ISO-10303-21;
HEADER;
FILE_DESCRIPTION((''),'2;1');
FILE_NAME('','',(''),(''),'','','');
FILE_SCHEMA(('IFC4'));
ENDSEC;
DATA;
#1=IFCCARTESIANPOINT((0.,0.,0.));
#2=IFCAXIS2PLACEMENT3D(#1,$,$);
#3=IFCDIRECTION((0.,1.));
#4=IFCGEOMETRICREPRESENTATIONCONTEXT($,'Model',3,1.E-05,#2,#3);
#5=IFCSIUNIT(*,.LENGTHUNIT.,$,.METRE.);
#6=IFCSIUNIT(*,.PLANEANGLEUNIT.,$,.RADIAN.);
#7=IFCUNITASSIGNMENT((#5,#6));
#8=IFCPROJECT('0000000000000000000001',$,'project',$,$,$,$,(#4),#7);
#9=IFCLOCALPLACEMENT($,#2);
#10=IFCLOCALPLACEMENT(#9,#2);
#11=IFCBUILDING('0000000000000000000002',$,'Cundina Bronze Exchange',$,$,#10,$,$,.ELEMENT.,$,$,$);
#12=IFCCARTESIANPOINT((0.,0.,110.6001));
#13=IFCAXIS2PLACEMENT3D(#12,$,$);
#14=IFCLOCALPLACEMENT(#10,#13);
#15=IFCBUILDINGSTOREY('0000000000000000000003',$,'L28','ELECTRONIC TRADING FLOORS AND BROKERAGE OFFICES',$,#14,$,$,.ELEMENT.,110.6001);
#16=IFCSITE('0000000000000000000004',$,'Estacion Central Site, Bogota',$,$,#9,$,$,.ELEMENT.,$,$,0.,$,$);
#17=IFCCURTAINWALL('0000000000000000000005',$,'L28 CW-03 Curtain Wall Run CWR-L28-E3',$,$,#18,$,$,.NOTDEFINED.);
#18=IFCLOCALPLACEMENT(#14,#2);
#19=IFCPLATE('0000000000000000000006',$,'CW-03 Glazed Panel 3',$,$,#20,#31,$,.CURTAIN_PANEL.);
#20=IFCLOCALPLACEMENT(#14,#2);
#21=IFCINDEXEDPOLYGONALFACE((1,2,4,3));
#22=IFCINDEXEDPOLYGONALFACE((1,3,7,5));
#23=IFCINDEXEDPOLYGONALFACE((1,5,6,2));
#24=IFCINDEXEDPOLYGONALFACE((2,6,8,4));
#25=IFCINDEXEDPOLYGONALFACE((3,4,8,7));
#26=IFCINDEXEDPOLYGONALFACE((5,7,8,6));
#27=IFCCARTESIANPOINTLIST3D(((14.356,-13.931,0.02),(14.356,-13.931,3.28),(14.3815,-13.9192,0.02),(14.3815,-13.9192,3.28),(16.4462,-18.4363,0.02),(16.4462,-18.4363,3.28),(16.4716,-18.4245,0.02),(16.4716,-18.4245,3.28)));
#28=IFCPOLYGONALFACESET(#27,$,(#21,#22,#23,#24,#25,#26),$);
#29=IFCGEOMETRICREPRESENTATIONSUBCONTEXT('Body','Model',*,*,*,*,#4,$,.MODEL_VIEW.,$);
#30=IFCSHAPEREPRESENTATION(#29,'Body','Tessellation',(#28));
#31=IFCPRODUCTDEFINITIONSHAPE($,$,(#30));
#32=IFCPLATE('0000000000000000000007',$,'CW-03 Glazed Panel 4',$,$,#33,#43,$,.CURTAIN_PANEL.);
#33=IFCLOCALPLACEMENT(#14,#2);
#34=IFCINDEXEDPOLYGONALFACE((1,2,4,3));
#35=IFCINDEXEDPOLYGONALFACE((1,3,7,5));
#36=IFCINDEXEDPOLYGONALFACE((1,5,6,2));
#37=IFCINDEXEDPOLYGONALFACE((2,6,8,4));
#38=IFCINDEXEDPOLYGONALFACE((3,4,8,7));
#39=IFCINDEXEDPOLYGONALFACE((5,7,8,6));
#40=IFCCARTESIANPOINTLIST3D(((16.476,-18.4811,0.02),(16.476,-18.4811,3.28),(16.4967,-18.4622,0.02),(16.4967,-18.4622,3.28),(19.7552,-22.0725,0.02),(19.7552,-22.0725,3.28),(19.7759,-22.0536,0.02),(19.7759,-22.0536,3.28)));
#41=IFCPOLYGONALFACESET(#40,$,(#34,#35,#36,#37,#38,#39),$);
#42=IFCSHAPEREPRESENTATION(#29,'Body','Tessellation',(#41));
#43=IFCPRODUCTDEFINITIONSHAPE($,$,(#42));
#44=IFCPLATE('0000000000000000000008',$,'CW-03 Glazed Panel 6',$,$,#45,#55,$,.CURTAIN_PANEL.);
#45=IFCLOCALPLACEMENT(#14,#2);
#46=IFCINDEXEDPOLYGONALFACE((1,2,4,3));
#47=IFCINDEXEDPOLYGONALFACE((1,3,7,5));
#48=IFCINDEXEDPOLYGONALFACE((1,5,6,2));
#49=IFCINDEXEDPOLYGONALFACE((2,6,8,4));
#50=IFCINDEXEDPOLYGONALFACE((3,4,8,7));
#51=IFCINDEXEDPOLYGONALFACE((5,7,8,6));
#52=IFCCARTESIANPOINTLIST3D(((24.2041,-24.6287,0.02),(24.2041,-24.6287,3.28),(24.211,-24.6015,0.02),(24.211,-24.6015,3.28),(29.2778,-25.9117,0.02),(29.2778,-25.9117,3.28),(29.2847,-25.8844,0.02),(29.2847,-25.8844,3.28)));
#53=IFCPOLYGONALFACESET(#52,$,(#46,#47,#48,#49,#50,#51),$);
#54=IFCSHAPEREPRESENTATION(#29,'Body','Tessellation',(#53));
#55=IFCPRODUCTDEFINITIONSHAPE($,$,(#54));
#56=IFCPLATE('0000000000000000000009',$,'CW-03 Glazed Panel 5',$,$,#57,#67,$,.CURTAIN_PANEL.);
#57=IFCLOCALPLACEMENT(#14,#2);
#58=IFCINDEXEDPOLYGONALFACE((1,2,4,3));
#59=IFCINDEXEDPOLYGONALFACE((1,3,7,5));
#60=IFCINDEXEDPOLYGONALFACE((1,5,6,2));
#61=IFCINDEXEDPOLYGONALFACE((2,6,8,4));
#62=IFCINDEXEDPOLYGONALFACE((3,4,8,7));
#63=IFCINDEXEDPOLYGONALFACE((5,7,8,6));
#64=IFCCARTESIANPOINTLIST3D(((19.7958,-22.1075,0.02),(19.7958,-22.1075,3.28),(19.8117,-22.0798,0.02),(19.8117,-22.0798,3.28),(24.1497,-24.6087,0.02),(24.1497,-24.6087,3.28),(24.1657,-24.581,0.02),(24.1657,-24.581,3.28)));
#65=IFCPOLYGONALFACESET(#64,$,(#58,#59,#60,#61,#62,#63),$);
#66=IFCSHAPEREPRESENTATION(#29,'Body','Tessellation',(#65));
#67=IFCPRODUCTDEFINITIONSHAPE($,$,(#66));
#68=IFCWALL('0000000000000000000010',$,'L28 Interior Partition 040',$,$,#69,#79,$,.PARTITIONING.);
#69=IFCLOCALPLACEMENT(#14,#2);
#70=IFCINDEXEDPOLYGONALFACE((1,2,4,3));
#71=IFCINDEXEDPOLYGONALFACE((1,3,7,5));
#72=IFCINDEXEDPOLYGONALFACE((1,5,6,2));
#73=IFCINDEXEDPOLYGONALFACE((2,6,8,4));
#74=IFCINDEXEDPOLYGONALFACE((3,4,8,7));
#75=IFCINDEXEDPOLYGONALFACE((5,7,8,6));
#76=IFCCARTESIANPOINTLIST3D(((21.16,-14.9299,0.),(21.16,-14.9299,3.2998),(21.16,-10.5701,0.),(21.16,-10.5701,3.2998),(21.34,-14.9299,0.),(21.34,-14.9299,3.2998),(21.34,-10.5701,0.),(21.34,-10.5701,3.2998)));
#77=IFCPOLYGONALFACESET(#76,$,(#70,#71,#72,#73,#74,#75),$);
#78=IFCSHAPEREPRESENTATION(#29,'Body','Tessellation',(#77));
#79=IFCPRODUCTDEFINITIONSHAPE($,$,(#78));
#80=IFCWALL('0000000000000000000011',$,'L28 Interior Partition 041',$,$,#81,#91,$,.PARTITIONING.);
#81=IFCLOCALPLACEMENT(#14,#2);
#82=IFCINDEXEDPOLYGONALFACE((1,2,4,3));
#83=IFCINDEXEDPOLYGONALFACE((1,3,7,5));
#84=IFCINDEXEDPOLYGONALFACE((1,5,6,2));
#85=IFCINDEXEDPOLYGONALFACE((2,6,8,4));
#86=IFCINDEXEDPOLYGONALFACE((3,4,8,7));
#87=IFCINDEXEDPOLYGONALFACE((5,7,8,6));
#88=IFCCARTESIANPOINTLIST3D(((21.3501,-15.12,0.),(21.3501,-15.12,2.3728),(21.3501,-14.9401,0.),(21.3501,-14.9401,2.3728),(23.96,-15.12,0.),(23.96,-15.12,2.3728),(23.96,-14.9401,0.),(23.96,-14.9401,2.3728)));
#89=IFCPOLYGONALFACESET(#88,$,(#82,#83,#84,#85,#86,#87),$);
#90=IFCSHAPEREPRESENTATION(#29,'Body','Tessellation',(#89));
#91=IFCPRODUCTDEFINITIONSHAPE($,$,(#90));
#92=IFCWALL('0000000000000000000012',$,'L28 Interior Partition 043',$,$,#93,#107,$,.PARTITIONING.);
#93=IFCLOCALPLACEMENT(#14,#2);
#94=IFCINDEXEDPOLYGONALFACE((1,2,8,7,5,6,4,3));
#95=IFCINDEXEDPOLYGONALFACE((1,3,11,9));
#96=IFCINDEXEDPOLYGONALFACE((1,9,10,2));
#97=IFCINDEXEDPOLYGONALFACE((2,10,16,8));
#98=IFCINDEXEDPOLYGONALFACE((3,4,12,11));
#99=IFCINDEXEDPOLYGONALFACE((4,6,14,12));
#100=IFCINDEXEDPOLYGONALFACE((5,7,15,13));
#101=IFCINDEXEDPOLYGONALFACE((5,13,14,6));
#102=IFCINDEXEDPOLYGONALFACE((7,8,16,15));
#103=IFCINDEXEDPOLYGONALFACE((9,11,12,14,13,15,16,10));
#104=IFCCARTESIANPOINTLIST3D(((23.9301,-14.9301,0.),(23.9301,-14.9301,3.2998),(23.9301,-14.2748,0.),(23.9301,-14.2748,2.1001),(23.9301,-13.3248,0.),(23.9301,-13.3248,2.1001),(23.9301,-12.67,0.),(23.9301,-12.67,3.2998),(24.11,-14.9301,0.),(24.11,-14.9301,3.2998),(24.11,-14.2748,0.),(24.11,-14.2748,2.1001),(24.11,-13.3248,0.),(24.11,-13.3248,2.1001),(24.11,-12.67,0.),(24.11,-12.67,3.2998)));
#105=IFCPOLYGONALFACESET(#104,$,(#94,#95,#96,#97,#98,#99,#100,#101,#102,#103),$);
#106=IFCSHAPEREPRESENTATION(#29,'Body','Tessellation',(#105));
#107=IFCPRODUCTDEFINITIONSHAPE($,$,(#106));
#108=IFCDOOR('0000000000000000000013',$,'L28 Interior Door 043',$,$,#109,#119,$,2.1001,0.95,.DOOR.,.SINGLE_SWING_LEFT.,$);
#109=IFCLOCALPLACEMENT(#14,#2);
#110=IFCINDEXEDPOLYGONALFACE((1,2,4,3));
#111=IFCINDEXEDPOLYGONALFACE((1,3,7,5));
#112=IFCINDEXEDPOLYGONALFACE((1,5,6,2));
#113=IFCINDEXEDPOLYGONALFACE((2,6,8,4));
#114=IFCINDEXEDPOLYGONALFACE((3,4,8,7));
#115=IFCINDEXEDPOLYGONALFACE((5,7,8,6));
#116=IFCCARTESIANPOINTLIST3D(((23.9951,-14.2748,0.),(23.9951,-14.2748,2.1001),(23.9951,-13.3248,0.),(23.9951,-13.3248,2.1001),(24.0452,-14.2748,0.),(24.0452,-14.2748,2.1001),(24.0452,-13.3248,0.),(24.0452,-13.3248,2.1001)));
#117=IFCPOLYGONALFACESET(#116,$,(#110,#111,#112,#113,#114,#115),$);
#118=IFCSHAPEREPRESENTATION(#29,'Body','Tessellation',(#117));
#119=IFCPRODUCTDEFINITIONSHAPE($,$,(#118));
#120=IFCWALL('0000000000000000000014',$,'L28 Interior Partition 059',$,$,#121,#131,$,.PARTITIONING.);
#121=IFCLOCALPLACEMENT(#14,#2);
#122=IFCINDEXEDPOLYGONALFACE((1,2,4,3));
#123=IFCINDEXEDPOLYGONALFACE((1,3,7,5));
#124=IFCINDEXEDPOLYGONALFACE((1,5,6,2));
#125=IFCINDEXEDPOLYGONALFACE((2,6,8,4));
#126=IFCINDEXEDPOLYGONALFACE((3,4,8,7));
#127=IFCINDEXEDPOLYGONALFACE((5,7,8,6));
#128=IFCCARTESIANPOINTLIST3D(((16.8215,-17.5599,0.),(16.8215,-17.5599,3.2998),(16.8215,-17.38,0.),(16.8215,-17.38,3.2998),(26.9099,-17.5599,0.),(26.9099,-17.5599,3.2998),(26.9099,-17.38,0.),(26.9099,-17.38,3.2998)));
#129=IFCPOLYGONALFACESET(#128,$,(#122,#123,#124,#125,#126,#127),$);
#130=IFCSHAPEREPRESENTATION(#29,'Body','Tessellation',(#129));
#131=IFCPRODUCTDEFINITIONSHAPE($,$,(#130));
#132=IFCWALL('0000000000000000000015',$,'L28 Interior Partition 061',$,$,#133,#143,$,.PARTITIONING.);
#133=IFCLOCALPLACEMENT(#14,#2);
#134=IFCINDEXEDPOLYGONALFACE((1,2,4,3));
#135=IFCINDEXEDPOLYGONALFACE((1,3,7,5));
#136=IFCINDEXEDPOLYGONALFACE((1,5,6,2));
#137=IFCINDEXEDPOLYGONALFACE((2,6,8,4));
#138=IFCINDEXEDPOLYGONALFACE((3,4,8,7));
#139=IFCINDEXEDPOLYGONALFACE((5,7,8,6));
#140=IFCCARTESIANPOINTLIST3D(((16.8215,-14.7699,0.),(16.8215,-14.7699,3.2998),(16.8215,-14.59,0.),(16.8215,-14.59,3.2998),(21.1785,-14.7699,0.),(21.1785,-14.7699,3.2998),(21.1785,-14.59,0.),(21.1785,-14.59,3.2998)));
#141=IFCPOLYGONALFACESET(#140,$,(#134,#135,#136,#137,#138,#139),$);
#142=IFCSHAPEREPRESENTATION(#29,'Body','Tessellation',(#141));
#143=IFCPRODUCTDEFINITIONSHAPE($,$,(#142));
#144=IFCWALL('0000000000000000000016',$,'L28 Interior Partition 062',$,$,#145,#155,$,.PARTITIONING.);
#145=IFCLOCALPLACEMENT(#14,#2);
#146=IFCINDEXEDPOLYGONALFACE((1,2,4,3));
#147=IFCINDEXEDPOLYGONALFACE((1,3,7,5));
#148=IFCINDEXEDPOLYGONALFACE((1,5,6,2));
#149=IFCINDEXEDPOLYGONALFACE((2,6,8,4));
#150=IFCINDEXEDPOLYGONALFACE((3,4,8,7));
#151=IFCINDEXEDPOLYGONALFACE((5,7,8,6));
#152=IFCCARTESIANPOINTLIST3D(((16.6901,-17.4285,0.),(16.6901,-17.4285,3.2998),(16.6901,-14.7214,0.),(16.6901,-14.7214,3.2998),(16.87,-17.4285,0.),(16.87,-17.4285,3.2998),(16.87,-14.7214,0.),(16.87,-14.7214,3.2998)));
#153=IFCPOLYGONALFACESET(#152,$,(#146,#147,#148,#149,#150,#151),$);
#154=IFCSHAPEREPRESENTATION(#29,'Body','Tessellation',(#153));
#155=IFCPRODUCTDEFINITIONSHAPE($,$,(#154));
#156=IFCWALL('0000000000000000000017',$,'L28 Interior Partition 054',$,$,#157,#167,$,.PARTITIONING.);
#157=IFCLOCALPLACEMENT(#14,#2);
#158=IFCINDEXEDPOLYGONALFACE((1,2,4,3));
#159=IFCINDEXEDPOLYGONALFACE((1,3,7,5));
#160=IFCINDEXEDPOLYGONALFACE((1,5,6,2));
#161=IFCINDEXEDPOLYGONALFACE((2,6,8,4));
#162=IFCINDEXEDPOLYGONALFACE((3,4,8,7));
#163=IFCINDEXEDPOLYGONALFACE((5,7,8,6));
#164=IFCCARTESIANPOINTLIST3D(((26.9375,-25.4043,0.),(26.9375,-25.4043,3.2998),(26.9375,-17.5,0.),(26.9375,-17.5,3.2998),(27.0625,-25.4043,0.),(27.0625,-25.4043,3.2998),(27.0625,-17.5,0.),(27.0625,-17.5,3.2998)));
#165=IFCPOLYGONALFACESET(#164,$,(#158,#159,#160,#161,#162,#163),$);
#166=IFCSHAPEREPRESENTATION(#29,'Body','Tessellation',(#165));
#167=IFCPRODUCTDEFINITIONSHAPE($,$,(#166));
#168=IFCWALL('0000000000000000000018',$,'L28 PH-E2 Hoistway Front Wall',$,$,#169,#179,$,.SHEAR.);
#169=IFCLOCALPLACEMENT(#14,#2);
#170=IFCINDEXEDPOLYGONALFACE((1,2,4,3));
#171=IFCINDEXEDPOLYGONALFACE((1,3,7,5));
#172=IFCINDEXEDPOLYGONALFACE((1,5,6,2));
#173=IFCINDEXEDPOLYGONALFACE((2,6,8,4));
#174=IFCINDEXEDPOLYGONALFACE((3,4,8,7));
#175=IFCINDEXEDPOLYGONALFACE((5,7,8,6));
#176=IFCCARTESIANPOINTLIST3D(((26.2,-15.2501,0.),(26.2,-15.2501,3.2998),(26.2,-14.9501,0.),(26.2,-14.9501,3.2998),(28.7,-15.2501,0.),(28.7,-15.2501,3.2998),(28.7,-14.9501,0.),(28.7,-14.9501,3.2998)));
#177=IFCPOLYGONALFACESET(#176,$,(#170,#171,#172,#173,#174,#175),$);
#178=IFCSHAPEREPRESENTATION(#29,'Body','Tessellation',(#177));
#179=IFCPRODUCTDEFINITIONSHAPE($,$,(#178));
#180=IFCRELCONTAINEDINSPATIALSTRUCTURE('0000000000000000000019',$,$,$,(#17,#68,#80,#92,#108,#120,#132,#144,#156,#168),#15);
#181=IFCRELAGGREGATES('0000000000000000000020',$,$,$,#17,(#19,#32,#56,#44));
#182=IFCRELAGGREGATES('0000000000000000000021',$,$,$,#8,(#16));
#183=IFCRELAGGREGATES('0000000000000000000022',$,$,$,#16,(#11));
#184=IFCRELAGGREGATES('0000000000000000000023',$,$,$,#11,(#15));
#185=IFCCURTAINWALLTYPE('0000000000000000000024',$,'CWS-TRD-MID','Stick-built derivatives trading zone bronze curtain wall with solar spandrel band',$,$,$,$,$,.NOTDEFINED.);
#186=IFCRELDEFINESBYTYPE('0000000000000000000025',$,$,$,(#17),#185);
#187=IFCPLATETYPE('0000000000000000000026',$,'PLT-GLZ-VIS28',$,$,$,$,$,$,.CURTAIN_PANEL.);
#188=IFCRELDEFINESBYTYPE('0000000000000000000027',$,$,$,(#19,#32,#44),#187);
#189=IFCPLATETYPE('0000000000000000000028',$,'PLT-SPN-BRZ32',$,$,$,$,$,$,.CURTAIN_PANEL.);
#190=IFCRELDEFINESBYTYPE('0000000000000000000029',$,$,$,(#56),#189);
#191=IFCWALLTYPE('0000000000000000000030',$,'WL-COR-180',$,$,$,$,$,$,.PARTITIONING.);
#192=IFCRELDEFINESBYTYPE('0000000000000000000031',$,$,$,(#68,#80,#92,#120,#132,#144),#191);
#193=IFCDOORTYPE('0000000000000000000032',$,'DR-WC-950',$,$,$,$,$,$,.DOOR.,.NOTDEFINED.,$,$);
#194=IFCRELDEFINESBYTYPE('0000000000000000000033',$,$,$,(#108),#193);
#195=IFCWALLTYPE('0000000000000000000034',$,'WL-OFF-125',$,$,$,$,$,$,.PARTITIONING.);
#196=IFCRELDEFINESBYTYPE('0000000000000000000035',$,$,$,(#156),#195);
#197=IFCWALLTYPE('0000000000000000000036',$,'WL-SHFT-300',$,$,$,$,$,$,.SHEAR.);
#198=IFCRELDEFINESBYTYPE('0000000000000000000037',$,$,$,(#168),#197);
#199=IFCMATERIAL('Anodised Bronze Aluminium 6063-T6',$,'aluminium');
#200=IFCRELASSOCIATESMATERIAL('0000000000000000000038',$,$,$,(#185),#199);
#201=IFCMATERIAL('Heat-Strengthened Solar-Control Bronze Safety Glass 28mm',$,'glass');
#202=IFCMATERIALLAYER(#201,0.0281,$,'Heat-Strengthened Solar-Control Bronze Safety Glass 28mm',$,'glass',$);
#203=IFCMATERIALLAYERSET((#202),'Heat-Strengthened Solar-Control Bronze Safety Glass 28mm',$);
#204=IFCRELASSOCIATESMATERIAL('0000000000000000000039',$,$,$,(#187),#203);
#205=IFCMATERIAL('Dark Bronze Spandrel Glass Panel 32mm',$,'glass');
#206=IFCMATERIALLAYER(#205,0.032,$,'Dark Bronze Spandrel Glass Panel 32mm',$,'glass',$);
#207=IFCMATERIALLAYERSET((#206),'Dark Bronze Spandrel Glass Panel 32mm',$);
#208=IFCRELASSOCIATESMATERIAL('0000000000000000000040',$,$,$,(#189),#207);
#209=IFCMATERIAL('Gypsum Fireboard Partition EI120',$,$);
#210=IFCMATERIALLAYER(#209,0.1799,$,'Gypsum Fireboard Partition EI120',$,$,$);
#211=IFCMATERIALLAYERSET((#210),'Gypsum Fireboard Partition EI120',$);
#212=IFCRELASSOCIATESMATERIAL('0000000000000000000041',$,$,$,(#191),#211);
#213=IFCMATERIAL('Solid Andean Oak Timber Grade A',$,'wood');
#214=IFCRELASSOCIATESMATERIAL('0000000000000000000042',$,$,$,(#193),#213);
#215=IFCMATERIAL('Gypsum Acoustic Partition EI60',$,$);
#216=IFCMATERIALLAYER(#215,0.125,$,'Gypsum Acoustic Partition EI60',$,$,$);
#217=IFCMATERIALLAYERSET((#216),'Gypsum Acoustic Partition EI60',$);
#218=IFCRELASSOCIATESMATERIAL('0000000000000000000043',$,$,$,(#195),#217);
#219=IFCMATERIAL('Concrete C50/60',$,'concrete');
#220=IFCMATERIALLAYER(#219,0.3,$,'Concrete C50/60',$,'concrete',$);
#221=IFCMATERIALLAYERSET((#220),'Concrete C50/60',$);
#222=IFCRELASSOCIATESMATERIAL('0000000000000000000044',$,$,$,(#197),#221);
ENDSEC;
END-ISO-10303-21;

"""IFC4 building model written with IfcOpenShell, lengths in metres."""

from ifc_helpers import new_model, si_unit, direction, frame, frame_2d, origin, origin_2d, place, context, subcontext, project, spatial, rectangle, extrude, material, layer, layer_set, type_object, element, fill, aggregate, save


model = new_model("IFC4")

# Units and contexts
model_context = context("Model", 3, precision=1e-05, world=origin(), true_north=direction((0.0, 1.0)))
body_context = subcontext(model_context, "Body", "Model", "MODEL_VIEW")
ifc_project = project(units=[si_unit("LENGTHUNIT", "METRE"), si_unit("PLANEANGLEUNIT", "RADIAN")], contexts=[model_context])

# Site, building, storey
site_placement = place(None, origin())
site = spatial("IfcSite", under=ifc_project, at=site_placement, Name="Estacion Central Site, Bogota", CompositionType="ELEMENT", RefElevation=0.0)
building_placement = place(site_placement, origin())
building = spatial("IfcBuilding", under=site, at=building_placement, Name="Cundina Bronze Exchange", CompositionType="ELEMENT")
storey_placement = place(building_placement, frame((0.0, 0.0, 110.6001)))
storey = spatial("IfcBuildingStorey", under=building, at=storey_placement, Name="L28", Description="ELECTRONIC TRADING FLOORS AND BROKERAGE OFFICES", CompositionType="ELEMENT", Elevation=110.6001)

# Curtain wall, plates
ifc_material_1 = material(Name="Anodised Bronze Aluminium 6063-T6", Category="aluminium")
curtain_wall_type = type_object("IfcCurtainWallType", Name="CWS-TRD-MID", Description="Stick-built derivatives trading zone bronze curtain wall with solar spandrel band", PredefinedType="NOTDEFINED", material=ifc_material_1)
curtain_wall_placement = place(storey_placement, origin())
curtain_wall = element("IfcCurtainWall", 1, at=curtain_wall_placement, inside=storey, type_object=curtain_wall_type, Name="L28 CW-03 Curtain Wall Run CWR-L28-E3", PredefinedType="NOTDEFINED")
ifc_material_2 = material(Name="Heat-Strengthened Solar-Control Bronze Safety Glass 28mm", Category="glass")
ifc_layer_1 = layer(ifc_material_2, 0.0281, Name="Heat-Strengthened Solar-Control Bronze Safety Glass 28mm", Category="glass")
ifc_layer_set_1 = layer_set([ifc_layer_1], Name="Heat-Strengthened Solar-Control Bronze Safety Glass 28mm")
plate_type_1 = type_object("IfcPlateType", Name="PLT-GLZ-VIS28", PredefinedType="CURTAIN_PANEL", material=ifc_layer_set_1)
plate_1_placement = place(storey_placement, frame((15.4138, -16.1777, 0.02), z_axis=(0.0, 0.0, 1.0), x_axis=(0.420846, -0.907132, 0.0)))
plate_1 = element("IfcPlate", 2, at=plate_1_placement, type_object=plate_type_1, Name="CW-03 Glazed Panel 3", PredefinedType="CURTAIN_PANEL", context=body_context, shape_type="SweptSolid", body=[
    extrude(rectangle(XDim=4.9666, YDim=0.0281, at=origin_2d()), origin(), (0.0, 0.0, 1.0), 3.26),
])
plate_2_placement = place(storey_placement, frame((18.126, -20.2673, 0.02), z_axis=(0.0, 0.0, 1.0), x_axis=(0.674277, -0.738479, 0.0)))
plate_2 = element("IfcPlate", 3, at=plate_2_placement, type_object=plate_type_1, Name="CW-03 Glazed Panel 4", PredefinedType="CURTAIN_PANEL", context=body_context, shape_type="SweptSolid", body=[
    extrude(rectangle(XDim=4.8633, YDim=0.0281, at=origin_2d()), origin(), (0.0, 0.0, 1.0), 3.26),
])
plate_3_placement = place(storey_placement, frame((26.7444, -25.2566, 0.02), z_axis=(0.0, 0.0, 1.0), x_axis=(0.969488, -0.245138, 0.0)))
plate_3 = element("IfcPlate", 4, at=plate_3_placement, type_object=plate_type_1, Name="CW-03 Glazed Panel 6", PredefinedType="CURTAIN_PANEL", context=body_context, shape_type="SweptSolid", body=[
    extrude(rectangle(XDim=5.2334, YDim=0.0281, at=origin_2d()), origin(), (0.0, 0.0, 1.0), 3.26),
])
ifc_material_3 = material(Name="Dark Bronze Spandrel Glass Panel 32mm", Category="glass")
ifc_layer_2 = layer(ifc_material_3, 0.032, Name="Dark Bronze Spandrel Glass Panel 32mm", Category="glass")
ifc_layer_set_2 = layer_set([ifc_layer_2], Name="Dark Bronze Spandrel Glass Panel 32mm")
plate_type_2 = type_object("IfcPlateType", Name="PLT-SPN-BRZ32", PredefinedType="CURTAIN_PANEL", material=ifc_layer_set_2)
plate_4_placement = place(storey_placement, frame((21.9807, -23.3442, 0.02), z_axis=(0.0, 0.0, 1.0), x_axis=(0.867105, -0.498125, 0.0)))
plate_4 = element("IfcPlate", 5, at=plate_4_placement, type_object=plate_type_2, Name="CW-03 Glazed Panel 5", PredefinedType="CURTAIN_PANEL", context=body_context, shape_type="SweptSolid", body=[
    extrude(rectangle(XDim=5.0212, YDim=0.032, at=origin_2d()), origin(), (0.0, 0.0, 1.0), 3.26),
])
aggregate(curtain_wall, [plate_1, plate_2, plate_4, plate_3])

# Walls
ifc_material_4 = material(Name="Gypsum Fireboard Partition EI120")
ifc_layer_3 = layer(ifc_material_4, 0.1799, Name="Gypsum Fireboard Partition EI120")
ifc_layer_set_3 = layer_set([ifc_layer_3], Name="Gypsum Fireboard Partition EI120")
wall_type_1 = type_object("IfcWallType", Name="WL-COR-180", PredefinedType="PARTITIONING", material=ifc_layer_set_3)
wall_1_placement = place(storey_placement, frame((21.25, -14.9299, 0.0), z_axis=(0.0, 0.0, 1.0), x_axis=(0.0, 1.0, 0.0)))
element("IfcWall", 6, at=wall_1_placement, inside=storey, type_object=wall_type_1, Name="L28 Interior Partition 040", PredefinedType="PARTITIONING", context=body_context, shape_type="SweptSolid", body=[
    extrude(rectangle(XDim=4.3599, YDim=0.1799, at=frame_2d((2.1799, 0.0))), origin(), (0.0, 0.0, 1.0), 3.2998),
])
wall_2_placement = place(storey_placement, frame((21.3501, -15.03, 0.0), z_axis=(0.0, 0.0, 1.0), x_axis=(1.0, 0.0, 0.0)))
element("IfcWall", 7, at=wall_2_placement, inside=storey, type_object=wall_type_1, Name="L28 Interior Partition 041", PredefinedType="PARTITIONING", context=body_context, shape_type="SweptSolid", body=[
    extrude(rectangle(XDim=2.6099, YDim=0.1799, at=frame_2d((1.3049, 0.0))), origin(), (0.0, 0.0, 1.0), 2.3728),
])

# Wall, opening, door
wall_3_placement = place(storey_placement, frame((24.02, -14.9299, 0.0), z_axis=(0.0, 0.0, 1.0), x_axis=(0.0, 1.0, 0.0)))
wall_3 = element("IfcWall", 8, at=wall_3_placement, inside=storey, type_object=wall_type_1, Name="L28 Interior Partition 043", PredefinedType="PARTITIONING", context=body_context, shape_type="SweptSolid", body=[
    extrude(rectangle(XDim=2.26, YDim=0.1799, at=frame_2d((1.1299, 0.0))), origin(), (0.0, 0.0, 1.0), 3.2998),
])
opening_placement = place(wall_3_placement, frame((0.655, 0.0, 0.0)))
opening = element("IfcOpeningElement", 9, at=opening_placement, cuts=wall_3, PredefinedType="OPENING", context=body_context, shape_type="SweptSolid", body=[
    extrude(rectangle(XDim=0.95, YDim=2.1001, at=frame_2d((0.4751, 1.05))), frame((0.0, 0.0999, 0.0), z_axis=(0.0, -1.0, 0.0), x_axis=(1.0, 0.0, 0.0)), (0.0, 0.0, 1.0), 0.2),
])
ifc_material_5 = material(Name="Solid Andean Oak Timber Grade A", Category="wood")
door_type = type_object("IfcDoorType", Name="DR-WC-950", OperationType="NOTDEFINED", PredefinedType="DOOR", material=ifc_material_5)
door_placement = place(opening_placement, origin())
door = element("IfcDoor", 10, at=door_placement, inside=storey, type_object=door_type, Name="L28 Interior Door 043", OperationType="SINGLE_SWING_LEFT", OverallHeight=2.1001, OverallWidth=0.95, PredefinedType="DOOR", context=body_context, shape_type="SweptSolid", body=[
    extrude(rectangle(XDim=0.95, YDim=2.1001, at=frame_2d((0.4751, 1.05))), frame((0.0, 0.0249, 0.0), z_axis=(0.0, -1.0, 0.0), x_axis=(1.0, 0.0, 0.0)), (0.0, 0.0, 1.0), 0.05),
])
fill(opening, door)

# Walls
wall_4_placement = place(storey_placement, frame((16.8215, -17.47, 0.0), z_axis=(0.0, 0.0, 1.0), x_axis=(1.0, 0.0, 0.0)))
element("IfcWall", 11, at=wall_4_placement, inside=storey, type_object=wall_type_1, Name="L28 Interior Partition 059", PredefinedType="PARTITIONING", context=body_context, shape_type="SweptSolid", body=[
    extrude(rectangle(XDim=10.0884, YDim=0.1799, at=frame_2d((5.0442, 0.0))), origin(), (0.0, 0.0, 1.0), 3.2998),
])
wall_5_placement = place(storey_placement, frame((21.1785, -14.6799, 0.0), z_axis=(0.0, 0.0, 1.0), x_axis=(-1.0, 0.0, 0.0)))
element("IfcWall", 12, at=wall_5_placement, inside=storey, type_object=wall_type_1, Name="L28 Interior Partition 061", PredefinedType="PARTITIONING", context=body_context, shape_type="SweptSolid", body=[
    extrude(rectangle(XDim=4.3569, YDim=0.1799, at=frame_2d((2.1785, 0.0))), origin(), (0.0, 0.0, 1.0), 3.2998),
])
wall_6_placement = place(storey_placement, frame((16.78, -14.7214, 0.0), z_axis=(0.0, 0.0, 1.0), x_axis=(0.0, -1.0, 0.0)))
element("IfcWall", 13, at=wall_6_placement, inside=storey, type_object=wall_type_1, Name="L28 Interior Partition 062", PredefinedType="PARTITIONING", context=body_context, shape_type="SweptSolid", body=[
    extrude(rectangle(XDim=2.707, YDim=0.1799, at=frame_2d((1.3535, 0.0))), origin(), (0.0, 0.0, 1.0), 3.2998),
])
ifc_material_6 = material(Name="Gypsum Acoustic Partition EI60")
ifc_layer_4 = layer(ifc_material_6, 0.125, Name="Gypsum Acoustic Partition EI60")
ifc_layer_set_4 = layer_set([ifc_layer_4], Name="Gypsum Acoustic Partition EI60")
wall_type_2 = type_object("IfcWallType", Name="WL-OFF-125", PredefinedType="PARTITIONING", material=ifc_layer_set_4)
wall_7_placement = place(storey_placement, frame((27.0, -25.4043, 0.0), z_axis=(0.0, 0.0, 1.0), x_axis=(0.0, 1.0, 0.0)))
element("IfcWall", 14, at=wall_7_placement, inside=storey, type_object=wall_type_2, Name="L28 Interior Partition 054", PredefinedType="PARTITIONING", context=body_context, shape_type="SweptSolid", body=[
    extrude(rectangle(XDim=7.9043, YDim=0.125, at=frame_2d((3.9521, 0.0))), origin(), (0.0, 0.0, 1.0), 3.2998),
])
ifc_material_7 = material(Name="Concrete C50/60", Category="concrete")
ifc_layer_5 = layer(ifc_material_7, 0.3, Name="Concrete C50/60", Category="concrete")
ifc_layer_set_5 = layer_set([ifc_layer_5], Name="Concrete C50/60")
wall_type_3 = type_object("IfcWallType", Name="WL-SHFT-300", PredefinedType="SHEAR", material=ifc_layer_set_5)
wall_8_placement = place(storey_placement, frame((26.2, -15.1001, 0.0), z_axis=(0.0, 0.0, 1.0), x_axis=(1.0, 0.0, 0.0)))
element("IfcWall", 15, at=wall_8_placement, inside=storey, type_object=wall_type_3, Name="L28 PH-E2 Hoistway Front Wall", PredefinedType="SHEAR", context=body_context, shape_type="SweptSolid", body=[
    extrude(rectangle(XDim=2.5, YDim=0.3, at=frame_2d((1.25, 0.0))), origin(), (0.0, 0.0, 1.0), 3.2998),
])

save(model, "model.ifc")
